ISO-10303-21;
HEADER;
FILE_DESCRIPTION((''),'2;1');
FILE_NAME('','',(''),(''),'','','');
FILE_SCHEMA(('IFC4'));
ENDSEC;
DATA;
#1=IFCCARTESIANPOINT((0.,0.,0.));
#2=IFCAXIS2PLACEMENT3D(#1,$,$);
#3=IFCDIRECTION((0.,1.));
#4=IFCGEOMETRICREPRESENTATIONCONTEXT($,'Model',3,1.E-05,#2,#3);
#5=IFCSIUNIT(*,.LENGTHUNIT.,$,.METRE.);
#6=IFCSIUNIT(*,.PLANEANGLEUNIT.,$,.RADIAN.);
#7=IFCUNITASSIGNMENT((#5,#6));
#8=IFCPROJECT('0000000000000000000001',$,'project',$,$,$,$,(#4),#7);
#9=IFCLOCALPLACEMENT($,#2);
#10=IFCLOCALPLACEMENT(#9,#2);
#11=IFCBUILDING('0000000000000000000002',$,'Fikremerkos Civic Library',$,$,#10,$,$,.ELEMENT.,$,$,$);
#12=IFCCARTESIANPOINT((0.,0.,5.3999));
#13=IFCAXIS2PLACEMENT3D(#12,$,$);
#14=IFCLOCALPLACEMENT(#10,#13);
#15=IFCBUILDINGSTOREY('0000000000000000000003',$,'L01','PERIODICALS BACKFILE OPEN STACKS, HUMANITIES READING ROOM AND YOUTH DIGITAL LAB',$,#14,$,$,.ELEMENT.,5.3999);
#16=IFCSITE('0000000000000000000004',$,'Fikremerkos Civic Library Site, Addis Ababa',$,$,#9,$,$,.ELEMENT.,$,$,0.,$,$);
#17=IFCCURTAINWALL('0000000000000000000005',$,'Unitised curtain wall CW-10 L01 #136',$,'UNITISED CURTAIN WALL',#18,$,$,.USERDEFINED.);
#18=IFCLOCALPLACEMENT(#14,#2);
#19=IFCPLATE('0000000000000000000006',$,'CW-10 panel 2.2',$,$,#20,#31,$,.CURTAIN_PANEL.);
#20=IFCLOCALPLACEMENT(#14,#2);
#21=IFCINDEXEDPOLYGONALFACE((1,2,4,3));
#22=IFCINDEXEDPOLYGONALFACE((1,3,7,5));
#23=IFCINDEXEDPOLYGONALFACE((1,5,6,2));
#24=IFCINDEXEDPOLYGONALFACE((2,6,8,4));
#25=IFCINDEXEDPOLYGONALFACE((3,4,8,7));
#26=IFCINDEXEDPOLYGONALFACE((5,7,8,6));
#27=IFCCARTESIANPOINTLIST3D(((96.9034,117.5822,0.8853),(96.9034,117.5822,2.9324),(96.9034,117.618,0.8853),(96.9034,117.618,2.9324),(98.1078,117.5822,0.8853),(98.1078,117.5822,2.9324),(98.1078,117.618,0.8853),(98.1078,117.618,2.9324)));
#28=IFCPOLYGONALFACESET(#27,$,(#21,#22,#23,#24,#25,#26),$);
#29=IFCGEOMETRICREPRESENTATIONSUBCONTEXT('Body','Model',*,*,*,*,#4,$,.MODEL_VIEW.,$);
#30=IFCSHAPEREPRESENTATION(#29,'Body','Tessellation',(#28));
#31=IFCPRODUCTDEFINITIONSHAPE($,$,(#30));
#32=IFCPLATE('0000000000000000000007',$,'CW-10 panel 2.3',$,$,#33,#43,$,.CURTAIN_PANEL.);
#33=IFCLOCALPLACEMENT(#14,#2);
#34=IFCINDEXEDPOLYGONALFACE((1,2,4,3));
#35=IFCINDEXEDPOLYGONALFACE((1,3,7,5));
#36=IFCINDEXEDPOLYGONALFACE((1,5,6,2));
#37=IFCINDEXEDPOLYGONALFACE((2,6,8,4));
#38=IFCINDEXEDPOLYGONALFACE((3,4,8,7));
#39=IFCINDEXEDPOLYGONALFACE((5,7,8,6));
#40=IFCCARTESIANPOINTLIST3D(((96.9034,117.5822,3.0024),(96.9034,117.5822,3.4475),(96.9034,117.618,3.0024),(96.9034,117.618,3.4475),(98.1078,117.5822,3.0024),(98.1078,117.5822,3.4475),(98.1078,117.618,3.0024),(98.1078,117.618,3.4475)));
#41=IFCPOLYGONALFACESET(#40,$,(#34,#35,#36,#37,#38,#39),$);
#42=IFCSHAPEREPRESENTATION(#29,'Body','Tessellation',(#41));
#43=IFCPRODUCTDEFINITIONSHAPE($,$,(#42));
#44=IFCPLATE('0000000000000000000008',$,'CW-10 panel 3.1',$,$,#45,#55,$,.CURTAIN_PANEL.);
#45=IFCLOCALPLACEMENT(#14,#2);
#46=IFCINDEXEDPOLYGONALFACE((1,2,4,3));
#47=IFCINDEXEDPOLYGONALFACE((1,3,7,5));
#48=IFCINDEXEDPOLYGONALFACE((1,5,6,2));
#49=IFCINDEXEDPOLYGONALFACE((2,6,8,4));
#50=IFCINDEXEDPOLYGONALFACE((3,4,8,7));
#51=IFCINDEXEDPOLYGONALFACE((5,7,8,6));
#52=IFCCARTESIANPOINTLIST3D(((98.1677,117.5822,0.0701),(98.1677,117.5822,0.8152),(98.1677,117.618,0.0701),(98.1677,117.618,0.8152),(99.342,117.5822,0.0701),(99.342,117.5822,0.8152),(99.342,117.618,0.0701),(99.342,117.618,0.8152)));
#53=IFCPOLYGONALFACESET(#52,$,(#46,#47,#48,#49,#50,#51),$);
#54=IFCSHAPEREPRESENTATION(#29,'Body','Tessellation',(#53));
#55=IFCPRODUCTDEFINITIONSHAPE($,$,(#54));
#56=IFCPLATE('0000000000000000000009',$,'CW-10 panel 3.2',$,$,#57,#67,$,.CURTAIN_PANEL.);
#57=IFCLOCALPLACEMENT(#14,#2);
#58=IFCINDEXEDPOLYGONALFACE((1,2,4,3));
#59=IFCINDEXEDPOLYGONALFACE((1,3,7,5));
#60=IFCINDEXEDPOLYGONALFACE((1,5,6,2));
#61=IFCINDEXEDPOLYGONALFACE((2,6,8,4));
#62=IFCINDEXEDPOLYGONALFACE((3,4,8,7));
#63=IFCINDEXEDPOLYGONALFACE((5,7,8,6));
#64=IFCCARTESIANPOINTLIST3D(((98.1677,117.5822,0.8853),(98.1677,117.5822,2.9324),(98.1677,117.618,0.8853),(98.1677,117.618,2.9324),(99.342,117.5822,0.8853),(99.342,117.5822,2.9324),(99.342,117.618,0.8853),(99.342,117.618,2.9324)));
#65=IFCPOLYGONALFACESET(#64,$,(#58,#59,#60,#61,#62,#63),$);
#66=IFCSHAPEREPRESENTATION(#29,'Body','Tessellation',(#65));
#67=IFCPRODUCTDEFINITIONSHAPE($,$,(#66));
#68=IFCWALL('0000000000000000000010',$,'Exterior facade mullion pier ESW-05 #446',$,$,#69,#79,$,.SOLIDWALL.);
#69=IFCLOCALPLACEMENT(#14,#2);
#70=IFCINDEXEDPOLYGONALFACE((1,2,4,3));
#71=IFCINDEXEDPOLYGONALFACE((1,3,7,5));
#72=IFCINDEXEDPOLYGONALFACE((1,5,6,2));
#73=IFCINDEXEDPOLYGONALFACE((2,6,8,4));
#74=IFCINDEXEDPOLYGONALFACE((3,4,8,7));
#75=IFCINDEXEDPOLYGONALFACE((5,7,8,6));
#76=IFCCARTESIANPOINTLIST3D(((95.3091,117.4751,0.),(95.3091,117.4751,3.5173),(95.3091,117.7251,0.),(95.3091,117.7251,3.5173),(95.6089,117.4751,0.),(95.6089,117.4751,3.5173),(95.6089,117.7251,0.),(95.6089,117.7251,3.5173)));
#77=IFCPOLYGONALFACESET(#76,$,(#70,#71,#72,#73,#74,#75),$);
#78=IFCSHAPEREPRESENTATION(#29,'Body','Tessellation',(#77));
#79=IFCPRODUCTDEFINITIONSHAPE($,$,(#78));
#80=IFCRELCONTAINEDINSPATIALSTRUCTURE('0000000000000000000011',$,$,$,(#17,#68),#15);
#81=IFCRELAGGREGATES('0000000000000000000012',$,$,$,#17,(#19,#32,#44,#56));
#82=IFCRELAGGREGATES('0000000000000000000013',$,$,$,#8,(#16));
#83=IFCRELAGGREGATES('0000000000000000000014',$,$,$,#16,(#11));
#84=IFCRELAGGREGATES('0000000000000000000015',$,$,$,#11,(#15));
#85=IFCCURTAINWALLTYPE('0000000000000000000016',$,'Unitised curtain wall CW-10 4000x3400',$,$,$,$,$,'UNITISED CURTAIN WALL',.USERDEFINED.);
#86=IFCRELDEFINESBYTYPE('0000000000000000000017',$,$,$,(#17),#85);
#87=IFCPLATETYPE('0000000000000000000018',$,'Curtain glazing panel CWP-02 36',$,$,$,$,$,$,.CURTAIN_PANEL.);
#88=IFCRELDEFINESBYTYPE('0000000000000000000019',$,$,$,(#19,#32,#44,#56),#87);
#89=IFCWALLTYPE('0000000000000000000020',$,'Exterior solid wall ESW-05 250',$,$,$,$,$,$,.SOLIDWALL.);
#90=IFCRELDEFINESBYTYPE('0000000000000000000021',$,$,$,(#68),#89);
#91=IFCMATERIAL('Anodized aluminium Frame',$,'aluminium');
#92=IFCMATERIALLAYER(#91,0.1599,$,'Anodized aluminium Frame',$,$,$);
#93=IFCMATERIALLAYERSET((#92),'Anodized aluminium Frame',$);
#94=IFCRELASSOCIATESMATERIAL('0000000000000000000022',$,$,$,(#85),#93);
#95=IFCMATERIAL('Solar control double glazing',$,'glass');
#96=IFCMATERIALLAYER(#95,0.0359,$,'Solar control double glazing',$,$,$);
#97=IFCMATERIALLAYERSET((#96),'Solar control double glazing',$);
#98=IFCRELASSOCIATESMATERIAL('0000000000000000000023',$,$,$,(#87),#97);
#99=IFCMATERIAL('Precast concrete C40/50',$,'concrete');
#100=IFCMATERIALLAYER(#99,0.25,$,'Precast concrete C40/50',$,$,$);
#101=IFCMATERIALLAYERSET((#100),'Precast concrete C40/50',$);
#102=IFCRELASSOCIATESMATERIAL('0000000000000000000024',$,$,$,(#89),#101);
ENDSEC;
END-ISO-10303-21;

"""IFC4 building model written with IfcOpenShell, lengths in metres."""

from ifc_helpers import new_model, si_unit, direction, frame, frame_2d, origin, origin_2d, place, context, subcontext, project, spatial, rectangle, extrude, material, layer, layer_set, type_object, element, aggregate, save


model = new_model("IFC4")

# Units and contexts
model_context = context("Model", 3, precision=1e-05, world=origin(), true_north=direction((0.0, 1.0)))
body_context = subcontext(model_context, "Body", "Model", "MODEL_VIEW")
ifc_project = project(units=[si_unit("LENGTHUNIT", "METRE"), si_unit("PLANEANGLEUNIT", "RADIAN")], contexts=[model_context])

# Site, building, storey
site_placement = place(None, origin())
site = spatial("IfcSite", under=ifc_project, at=site_placement, Name="Fikremerkos Civic Library Site, Addis Ababa", CompositionType="ELEMENT", RefElevation=0.0)
building_placement = place(site_placement, origin())
building = spatial("IfcBuilding", under=site, at=building_placement, Name="Fikremerkos Civic Library", CompositionType="ELEMENT")
storey_placement = place(building_placement, frame((0.0, 0.0, 5.3999)))
storey = spatial("IfcBuildingStorey", under=building, at=storey_placement, Name="L01", Description="PERIODICALS BACKFILE OPEN STACKS, HUMANITIES READING ROOM AND YOUTH DIGITAL LAB", CompositionType="ELEMENT", Elevation=5.3999)

# Curtain wall
ifc_material_1 = material(Name="Anodized aluminium Frame", Category="aluminium")
ifc_layer_1 = layer(ifc_material_1, 0.1599, Name="Anodized aluminium Frame")
ifc_layer_set_1 = layer_set([ifc_layer_1], Name="Anodized aluminium Frame")
curtain_wall_type_1 = type_object("IfcCurtainWallType", Name="Unitised curtain wall CW-10 4000x3400", ElementType="UNITISED CURTAIN WALL", PredefinedType="USERDEFINED", material=ifc_layer_set_1)
curtain_wall_1_placement = place(storey_placement, origin())
curtain_wall_1 = element("IfcCurtainWall", 1, at=curtain_wall_1_placement, inside=storey, type_object=curtain_wall_type_1, Name="Unitised curtain wall CW-10 L01 #136", ObjectType="UNITISED CURTAIN WALL", PredefinedType="USERDEFINED")

# Plates
ifc_material_2 = material(Name="Solar control double glazing", Category="glass")
ifc_layer_2 = layer(ifc_material_2, 0.0359, Name="Solar control double glazing")
ifc_layer_set_2 = layer_set([ifc_layer_2], Name="Solar control double glazing")
plate_type_1 = type_object("IfcPlateType", Name="Curtain glazing panel CWP-02 36", PredefinedType="CURTAIN_PANEL", material=ifc_layer_set_2)
plate_1_placement = place(storey_placement, frame((97.5056, 117.6001, 0.8853), z_axis=(0.0, 0.0, 1.0), x_axis=(1.0, 0.0, 0.0)))
plate_1 = element("IfcPlate", 2, at=plate_1_placement, type_object=plate_type_1, Name="CW-10 panel 2.2", PredefinedType="CURTAIN_PANEL", context=body_context, shape_type="SweptSolid", body=[
    extrude(rectangle(XDim=1.2043, YDim=0.0359, at=origin_2d()), origin(), (0.0, 0.0, 1.0), 2.0471),
])
plate_2_placement = place(storey_placement, frame((97.5056, 117.6001, 3.0024), z_axis=(0.0, 0.0, 1.0), x_axis=(1.0, 0.0, 0.0)))
plate_2 = element("IfcPlate", 3, at=plate_2_placement, type_object=plate_type_1, Name="CW-10 panel 2.3", PredefinedType="CURTAIN_PANEL", context=body_context, shape_type="SweptSolid", body=[
    extrude(rectangle(XDim=1.2043, YDim=0.0359, at=origin_2d()), origin(), (0.0, 0.0, 1.0), 0.4451),
])
plate_3_placement = place(storey_placement, frame((98.7549, 117.6001, 0.0701), z_axis=(0.0, 0.0, 1.0), x_axis=(1.0, 0.0, 0.0)))
plate_3 = element("IfcPlate", 4, at=plate_3_placement, type_object=plate_type_1, Name="CW-10 panel 3.1", PredefinedType="CURTAIN_PANEL", context=body_context, shape_type="SweptSolid", body=[
    extrude(rectangle(XDim=1.1743, YDim=0.0359, at=origin_2d()), origin(), (0.0, 0.0, 1.0), 0.7451),
])
plate_4_placement = place(storey_placement, frame((98.7549, 117.6001, 0.8853), z_axis=(0.0, 0.0, 1.0), x_axis=(1.0, 0.0, 0.0)))
plate_4 = element("IfcPlate", 5, at=plate_4_placement, type_object=plate_type_1, Name="CW-10 panel 3.2", PredefinedType="CURTAIN_PANEL", context=body_context, shape_type="SweptSolid", body=[
    extrude(rectangle(XDim=1.1743, YDim=0.0359, at=origin_2d()), origin(), (0.0, 0.0, 1.0), 2.0471),
])
aggregate(curtain_wall_1, [plate_1, plate_2, plate_3, plate_4])

# Wall
ifc_material_3 = material(Name="Precast concrete C40/50", Category="concrete")
ifc_layer_3 = layer(ifc_material_3, 0.25, Name="Precast concrete C40/50")
ifc_layer_set_3 = layer_set([ifc_layer_3], Name="Precast concrete C40/50")
wall_type = type_object("IfcWallType", Name="Exterior solid wall ESW-05 250", PredefinedType="SOLIDWALL", material=ifc_layer_set_3)
wall_placement = place(storey_placement, frame((95.3091, 117.6001, 0.0), z_axis=(0.0, 0.0, 1.0), x_axis=(1.0, 0.0, 0.0)))
element("IfcWall", 6, at=wall_placement, inside=storey, type_object=wall_type, Name="Exterior facade mullion pier ESW-05 #446", PredefinedType="SOLIDWALL", context=body_context, shape_type="SweptSolid", body=[
    extrude(rectangle(XDim=0.2998, YDim=0.25, at=frame_2d((0.1499, 0.0))), origin(), (0.0, 0.0, 1.0), 3.5173),
])

save(model, "model.ifc")
